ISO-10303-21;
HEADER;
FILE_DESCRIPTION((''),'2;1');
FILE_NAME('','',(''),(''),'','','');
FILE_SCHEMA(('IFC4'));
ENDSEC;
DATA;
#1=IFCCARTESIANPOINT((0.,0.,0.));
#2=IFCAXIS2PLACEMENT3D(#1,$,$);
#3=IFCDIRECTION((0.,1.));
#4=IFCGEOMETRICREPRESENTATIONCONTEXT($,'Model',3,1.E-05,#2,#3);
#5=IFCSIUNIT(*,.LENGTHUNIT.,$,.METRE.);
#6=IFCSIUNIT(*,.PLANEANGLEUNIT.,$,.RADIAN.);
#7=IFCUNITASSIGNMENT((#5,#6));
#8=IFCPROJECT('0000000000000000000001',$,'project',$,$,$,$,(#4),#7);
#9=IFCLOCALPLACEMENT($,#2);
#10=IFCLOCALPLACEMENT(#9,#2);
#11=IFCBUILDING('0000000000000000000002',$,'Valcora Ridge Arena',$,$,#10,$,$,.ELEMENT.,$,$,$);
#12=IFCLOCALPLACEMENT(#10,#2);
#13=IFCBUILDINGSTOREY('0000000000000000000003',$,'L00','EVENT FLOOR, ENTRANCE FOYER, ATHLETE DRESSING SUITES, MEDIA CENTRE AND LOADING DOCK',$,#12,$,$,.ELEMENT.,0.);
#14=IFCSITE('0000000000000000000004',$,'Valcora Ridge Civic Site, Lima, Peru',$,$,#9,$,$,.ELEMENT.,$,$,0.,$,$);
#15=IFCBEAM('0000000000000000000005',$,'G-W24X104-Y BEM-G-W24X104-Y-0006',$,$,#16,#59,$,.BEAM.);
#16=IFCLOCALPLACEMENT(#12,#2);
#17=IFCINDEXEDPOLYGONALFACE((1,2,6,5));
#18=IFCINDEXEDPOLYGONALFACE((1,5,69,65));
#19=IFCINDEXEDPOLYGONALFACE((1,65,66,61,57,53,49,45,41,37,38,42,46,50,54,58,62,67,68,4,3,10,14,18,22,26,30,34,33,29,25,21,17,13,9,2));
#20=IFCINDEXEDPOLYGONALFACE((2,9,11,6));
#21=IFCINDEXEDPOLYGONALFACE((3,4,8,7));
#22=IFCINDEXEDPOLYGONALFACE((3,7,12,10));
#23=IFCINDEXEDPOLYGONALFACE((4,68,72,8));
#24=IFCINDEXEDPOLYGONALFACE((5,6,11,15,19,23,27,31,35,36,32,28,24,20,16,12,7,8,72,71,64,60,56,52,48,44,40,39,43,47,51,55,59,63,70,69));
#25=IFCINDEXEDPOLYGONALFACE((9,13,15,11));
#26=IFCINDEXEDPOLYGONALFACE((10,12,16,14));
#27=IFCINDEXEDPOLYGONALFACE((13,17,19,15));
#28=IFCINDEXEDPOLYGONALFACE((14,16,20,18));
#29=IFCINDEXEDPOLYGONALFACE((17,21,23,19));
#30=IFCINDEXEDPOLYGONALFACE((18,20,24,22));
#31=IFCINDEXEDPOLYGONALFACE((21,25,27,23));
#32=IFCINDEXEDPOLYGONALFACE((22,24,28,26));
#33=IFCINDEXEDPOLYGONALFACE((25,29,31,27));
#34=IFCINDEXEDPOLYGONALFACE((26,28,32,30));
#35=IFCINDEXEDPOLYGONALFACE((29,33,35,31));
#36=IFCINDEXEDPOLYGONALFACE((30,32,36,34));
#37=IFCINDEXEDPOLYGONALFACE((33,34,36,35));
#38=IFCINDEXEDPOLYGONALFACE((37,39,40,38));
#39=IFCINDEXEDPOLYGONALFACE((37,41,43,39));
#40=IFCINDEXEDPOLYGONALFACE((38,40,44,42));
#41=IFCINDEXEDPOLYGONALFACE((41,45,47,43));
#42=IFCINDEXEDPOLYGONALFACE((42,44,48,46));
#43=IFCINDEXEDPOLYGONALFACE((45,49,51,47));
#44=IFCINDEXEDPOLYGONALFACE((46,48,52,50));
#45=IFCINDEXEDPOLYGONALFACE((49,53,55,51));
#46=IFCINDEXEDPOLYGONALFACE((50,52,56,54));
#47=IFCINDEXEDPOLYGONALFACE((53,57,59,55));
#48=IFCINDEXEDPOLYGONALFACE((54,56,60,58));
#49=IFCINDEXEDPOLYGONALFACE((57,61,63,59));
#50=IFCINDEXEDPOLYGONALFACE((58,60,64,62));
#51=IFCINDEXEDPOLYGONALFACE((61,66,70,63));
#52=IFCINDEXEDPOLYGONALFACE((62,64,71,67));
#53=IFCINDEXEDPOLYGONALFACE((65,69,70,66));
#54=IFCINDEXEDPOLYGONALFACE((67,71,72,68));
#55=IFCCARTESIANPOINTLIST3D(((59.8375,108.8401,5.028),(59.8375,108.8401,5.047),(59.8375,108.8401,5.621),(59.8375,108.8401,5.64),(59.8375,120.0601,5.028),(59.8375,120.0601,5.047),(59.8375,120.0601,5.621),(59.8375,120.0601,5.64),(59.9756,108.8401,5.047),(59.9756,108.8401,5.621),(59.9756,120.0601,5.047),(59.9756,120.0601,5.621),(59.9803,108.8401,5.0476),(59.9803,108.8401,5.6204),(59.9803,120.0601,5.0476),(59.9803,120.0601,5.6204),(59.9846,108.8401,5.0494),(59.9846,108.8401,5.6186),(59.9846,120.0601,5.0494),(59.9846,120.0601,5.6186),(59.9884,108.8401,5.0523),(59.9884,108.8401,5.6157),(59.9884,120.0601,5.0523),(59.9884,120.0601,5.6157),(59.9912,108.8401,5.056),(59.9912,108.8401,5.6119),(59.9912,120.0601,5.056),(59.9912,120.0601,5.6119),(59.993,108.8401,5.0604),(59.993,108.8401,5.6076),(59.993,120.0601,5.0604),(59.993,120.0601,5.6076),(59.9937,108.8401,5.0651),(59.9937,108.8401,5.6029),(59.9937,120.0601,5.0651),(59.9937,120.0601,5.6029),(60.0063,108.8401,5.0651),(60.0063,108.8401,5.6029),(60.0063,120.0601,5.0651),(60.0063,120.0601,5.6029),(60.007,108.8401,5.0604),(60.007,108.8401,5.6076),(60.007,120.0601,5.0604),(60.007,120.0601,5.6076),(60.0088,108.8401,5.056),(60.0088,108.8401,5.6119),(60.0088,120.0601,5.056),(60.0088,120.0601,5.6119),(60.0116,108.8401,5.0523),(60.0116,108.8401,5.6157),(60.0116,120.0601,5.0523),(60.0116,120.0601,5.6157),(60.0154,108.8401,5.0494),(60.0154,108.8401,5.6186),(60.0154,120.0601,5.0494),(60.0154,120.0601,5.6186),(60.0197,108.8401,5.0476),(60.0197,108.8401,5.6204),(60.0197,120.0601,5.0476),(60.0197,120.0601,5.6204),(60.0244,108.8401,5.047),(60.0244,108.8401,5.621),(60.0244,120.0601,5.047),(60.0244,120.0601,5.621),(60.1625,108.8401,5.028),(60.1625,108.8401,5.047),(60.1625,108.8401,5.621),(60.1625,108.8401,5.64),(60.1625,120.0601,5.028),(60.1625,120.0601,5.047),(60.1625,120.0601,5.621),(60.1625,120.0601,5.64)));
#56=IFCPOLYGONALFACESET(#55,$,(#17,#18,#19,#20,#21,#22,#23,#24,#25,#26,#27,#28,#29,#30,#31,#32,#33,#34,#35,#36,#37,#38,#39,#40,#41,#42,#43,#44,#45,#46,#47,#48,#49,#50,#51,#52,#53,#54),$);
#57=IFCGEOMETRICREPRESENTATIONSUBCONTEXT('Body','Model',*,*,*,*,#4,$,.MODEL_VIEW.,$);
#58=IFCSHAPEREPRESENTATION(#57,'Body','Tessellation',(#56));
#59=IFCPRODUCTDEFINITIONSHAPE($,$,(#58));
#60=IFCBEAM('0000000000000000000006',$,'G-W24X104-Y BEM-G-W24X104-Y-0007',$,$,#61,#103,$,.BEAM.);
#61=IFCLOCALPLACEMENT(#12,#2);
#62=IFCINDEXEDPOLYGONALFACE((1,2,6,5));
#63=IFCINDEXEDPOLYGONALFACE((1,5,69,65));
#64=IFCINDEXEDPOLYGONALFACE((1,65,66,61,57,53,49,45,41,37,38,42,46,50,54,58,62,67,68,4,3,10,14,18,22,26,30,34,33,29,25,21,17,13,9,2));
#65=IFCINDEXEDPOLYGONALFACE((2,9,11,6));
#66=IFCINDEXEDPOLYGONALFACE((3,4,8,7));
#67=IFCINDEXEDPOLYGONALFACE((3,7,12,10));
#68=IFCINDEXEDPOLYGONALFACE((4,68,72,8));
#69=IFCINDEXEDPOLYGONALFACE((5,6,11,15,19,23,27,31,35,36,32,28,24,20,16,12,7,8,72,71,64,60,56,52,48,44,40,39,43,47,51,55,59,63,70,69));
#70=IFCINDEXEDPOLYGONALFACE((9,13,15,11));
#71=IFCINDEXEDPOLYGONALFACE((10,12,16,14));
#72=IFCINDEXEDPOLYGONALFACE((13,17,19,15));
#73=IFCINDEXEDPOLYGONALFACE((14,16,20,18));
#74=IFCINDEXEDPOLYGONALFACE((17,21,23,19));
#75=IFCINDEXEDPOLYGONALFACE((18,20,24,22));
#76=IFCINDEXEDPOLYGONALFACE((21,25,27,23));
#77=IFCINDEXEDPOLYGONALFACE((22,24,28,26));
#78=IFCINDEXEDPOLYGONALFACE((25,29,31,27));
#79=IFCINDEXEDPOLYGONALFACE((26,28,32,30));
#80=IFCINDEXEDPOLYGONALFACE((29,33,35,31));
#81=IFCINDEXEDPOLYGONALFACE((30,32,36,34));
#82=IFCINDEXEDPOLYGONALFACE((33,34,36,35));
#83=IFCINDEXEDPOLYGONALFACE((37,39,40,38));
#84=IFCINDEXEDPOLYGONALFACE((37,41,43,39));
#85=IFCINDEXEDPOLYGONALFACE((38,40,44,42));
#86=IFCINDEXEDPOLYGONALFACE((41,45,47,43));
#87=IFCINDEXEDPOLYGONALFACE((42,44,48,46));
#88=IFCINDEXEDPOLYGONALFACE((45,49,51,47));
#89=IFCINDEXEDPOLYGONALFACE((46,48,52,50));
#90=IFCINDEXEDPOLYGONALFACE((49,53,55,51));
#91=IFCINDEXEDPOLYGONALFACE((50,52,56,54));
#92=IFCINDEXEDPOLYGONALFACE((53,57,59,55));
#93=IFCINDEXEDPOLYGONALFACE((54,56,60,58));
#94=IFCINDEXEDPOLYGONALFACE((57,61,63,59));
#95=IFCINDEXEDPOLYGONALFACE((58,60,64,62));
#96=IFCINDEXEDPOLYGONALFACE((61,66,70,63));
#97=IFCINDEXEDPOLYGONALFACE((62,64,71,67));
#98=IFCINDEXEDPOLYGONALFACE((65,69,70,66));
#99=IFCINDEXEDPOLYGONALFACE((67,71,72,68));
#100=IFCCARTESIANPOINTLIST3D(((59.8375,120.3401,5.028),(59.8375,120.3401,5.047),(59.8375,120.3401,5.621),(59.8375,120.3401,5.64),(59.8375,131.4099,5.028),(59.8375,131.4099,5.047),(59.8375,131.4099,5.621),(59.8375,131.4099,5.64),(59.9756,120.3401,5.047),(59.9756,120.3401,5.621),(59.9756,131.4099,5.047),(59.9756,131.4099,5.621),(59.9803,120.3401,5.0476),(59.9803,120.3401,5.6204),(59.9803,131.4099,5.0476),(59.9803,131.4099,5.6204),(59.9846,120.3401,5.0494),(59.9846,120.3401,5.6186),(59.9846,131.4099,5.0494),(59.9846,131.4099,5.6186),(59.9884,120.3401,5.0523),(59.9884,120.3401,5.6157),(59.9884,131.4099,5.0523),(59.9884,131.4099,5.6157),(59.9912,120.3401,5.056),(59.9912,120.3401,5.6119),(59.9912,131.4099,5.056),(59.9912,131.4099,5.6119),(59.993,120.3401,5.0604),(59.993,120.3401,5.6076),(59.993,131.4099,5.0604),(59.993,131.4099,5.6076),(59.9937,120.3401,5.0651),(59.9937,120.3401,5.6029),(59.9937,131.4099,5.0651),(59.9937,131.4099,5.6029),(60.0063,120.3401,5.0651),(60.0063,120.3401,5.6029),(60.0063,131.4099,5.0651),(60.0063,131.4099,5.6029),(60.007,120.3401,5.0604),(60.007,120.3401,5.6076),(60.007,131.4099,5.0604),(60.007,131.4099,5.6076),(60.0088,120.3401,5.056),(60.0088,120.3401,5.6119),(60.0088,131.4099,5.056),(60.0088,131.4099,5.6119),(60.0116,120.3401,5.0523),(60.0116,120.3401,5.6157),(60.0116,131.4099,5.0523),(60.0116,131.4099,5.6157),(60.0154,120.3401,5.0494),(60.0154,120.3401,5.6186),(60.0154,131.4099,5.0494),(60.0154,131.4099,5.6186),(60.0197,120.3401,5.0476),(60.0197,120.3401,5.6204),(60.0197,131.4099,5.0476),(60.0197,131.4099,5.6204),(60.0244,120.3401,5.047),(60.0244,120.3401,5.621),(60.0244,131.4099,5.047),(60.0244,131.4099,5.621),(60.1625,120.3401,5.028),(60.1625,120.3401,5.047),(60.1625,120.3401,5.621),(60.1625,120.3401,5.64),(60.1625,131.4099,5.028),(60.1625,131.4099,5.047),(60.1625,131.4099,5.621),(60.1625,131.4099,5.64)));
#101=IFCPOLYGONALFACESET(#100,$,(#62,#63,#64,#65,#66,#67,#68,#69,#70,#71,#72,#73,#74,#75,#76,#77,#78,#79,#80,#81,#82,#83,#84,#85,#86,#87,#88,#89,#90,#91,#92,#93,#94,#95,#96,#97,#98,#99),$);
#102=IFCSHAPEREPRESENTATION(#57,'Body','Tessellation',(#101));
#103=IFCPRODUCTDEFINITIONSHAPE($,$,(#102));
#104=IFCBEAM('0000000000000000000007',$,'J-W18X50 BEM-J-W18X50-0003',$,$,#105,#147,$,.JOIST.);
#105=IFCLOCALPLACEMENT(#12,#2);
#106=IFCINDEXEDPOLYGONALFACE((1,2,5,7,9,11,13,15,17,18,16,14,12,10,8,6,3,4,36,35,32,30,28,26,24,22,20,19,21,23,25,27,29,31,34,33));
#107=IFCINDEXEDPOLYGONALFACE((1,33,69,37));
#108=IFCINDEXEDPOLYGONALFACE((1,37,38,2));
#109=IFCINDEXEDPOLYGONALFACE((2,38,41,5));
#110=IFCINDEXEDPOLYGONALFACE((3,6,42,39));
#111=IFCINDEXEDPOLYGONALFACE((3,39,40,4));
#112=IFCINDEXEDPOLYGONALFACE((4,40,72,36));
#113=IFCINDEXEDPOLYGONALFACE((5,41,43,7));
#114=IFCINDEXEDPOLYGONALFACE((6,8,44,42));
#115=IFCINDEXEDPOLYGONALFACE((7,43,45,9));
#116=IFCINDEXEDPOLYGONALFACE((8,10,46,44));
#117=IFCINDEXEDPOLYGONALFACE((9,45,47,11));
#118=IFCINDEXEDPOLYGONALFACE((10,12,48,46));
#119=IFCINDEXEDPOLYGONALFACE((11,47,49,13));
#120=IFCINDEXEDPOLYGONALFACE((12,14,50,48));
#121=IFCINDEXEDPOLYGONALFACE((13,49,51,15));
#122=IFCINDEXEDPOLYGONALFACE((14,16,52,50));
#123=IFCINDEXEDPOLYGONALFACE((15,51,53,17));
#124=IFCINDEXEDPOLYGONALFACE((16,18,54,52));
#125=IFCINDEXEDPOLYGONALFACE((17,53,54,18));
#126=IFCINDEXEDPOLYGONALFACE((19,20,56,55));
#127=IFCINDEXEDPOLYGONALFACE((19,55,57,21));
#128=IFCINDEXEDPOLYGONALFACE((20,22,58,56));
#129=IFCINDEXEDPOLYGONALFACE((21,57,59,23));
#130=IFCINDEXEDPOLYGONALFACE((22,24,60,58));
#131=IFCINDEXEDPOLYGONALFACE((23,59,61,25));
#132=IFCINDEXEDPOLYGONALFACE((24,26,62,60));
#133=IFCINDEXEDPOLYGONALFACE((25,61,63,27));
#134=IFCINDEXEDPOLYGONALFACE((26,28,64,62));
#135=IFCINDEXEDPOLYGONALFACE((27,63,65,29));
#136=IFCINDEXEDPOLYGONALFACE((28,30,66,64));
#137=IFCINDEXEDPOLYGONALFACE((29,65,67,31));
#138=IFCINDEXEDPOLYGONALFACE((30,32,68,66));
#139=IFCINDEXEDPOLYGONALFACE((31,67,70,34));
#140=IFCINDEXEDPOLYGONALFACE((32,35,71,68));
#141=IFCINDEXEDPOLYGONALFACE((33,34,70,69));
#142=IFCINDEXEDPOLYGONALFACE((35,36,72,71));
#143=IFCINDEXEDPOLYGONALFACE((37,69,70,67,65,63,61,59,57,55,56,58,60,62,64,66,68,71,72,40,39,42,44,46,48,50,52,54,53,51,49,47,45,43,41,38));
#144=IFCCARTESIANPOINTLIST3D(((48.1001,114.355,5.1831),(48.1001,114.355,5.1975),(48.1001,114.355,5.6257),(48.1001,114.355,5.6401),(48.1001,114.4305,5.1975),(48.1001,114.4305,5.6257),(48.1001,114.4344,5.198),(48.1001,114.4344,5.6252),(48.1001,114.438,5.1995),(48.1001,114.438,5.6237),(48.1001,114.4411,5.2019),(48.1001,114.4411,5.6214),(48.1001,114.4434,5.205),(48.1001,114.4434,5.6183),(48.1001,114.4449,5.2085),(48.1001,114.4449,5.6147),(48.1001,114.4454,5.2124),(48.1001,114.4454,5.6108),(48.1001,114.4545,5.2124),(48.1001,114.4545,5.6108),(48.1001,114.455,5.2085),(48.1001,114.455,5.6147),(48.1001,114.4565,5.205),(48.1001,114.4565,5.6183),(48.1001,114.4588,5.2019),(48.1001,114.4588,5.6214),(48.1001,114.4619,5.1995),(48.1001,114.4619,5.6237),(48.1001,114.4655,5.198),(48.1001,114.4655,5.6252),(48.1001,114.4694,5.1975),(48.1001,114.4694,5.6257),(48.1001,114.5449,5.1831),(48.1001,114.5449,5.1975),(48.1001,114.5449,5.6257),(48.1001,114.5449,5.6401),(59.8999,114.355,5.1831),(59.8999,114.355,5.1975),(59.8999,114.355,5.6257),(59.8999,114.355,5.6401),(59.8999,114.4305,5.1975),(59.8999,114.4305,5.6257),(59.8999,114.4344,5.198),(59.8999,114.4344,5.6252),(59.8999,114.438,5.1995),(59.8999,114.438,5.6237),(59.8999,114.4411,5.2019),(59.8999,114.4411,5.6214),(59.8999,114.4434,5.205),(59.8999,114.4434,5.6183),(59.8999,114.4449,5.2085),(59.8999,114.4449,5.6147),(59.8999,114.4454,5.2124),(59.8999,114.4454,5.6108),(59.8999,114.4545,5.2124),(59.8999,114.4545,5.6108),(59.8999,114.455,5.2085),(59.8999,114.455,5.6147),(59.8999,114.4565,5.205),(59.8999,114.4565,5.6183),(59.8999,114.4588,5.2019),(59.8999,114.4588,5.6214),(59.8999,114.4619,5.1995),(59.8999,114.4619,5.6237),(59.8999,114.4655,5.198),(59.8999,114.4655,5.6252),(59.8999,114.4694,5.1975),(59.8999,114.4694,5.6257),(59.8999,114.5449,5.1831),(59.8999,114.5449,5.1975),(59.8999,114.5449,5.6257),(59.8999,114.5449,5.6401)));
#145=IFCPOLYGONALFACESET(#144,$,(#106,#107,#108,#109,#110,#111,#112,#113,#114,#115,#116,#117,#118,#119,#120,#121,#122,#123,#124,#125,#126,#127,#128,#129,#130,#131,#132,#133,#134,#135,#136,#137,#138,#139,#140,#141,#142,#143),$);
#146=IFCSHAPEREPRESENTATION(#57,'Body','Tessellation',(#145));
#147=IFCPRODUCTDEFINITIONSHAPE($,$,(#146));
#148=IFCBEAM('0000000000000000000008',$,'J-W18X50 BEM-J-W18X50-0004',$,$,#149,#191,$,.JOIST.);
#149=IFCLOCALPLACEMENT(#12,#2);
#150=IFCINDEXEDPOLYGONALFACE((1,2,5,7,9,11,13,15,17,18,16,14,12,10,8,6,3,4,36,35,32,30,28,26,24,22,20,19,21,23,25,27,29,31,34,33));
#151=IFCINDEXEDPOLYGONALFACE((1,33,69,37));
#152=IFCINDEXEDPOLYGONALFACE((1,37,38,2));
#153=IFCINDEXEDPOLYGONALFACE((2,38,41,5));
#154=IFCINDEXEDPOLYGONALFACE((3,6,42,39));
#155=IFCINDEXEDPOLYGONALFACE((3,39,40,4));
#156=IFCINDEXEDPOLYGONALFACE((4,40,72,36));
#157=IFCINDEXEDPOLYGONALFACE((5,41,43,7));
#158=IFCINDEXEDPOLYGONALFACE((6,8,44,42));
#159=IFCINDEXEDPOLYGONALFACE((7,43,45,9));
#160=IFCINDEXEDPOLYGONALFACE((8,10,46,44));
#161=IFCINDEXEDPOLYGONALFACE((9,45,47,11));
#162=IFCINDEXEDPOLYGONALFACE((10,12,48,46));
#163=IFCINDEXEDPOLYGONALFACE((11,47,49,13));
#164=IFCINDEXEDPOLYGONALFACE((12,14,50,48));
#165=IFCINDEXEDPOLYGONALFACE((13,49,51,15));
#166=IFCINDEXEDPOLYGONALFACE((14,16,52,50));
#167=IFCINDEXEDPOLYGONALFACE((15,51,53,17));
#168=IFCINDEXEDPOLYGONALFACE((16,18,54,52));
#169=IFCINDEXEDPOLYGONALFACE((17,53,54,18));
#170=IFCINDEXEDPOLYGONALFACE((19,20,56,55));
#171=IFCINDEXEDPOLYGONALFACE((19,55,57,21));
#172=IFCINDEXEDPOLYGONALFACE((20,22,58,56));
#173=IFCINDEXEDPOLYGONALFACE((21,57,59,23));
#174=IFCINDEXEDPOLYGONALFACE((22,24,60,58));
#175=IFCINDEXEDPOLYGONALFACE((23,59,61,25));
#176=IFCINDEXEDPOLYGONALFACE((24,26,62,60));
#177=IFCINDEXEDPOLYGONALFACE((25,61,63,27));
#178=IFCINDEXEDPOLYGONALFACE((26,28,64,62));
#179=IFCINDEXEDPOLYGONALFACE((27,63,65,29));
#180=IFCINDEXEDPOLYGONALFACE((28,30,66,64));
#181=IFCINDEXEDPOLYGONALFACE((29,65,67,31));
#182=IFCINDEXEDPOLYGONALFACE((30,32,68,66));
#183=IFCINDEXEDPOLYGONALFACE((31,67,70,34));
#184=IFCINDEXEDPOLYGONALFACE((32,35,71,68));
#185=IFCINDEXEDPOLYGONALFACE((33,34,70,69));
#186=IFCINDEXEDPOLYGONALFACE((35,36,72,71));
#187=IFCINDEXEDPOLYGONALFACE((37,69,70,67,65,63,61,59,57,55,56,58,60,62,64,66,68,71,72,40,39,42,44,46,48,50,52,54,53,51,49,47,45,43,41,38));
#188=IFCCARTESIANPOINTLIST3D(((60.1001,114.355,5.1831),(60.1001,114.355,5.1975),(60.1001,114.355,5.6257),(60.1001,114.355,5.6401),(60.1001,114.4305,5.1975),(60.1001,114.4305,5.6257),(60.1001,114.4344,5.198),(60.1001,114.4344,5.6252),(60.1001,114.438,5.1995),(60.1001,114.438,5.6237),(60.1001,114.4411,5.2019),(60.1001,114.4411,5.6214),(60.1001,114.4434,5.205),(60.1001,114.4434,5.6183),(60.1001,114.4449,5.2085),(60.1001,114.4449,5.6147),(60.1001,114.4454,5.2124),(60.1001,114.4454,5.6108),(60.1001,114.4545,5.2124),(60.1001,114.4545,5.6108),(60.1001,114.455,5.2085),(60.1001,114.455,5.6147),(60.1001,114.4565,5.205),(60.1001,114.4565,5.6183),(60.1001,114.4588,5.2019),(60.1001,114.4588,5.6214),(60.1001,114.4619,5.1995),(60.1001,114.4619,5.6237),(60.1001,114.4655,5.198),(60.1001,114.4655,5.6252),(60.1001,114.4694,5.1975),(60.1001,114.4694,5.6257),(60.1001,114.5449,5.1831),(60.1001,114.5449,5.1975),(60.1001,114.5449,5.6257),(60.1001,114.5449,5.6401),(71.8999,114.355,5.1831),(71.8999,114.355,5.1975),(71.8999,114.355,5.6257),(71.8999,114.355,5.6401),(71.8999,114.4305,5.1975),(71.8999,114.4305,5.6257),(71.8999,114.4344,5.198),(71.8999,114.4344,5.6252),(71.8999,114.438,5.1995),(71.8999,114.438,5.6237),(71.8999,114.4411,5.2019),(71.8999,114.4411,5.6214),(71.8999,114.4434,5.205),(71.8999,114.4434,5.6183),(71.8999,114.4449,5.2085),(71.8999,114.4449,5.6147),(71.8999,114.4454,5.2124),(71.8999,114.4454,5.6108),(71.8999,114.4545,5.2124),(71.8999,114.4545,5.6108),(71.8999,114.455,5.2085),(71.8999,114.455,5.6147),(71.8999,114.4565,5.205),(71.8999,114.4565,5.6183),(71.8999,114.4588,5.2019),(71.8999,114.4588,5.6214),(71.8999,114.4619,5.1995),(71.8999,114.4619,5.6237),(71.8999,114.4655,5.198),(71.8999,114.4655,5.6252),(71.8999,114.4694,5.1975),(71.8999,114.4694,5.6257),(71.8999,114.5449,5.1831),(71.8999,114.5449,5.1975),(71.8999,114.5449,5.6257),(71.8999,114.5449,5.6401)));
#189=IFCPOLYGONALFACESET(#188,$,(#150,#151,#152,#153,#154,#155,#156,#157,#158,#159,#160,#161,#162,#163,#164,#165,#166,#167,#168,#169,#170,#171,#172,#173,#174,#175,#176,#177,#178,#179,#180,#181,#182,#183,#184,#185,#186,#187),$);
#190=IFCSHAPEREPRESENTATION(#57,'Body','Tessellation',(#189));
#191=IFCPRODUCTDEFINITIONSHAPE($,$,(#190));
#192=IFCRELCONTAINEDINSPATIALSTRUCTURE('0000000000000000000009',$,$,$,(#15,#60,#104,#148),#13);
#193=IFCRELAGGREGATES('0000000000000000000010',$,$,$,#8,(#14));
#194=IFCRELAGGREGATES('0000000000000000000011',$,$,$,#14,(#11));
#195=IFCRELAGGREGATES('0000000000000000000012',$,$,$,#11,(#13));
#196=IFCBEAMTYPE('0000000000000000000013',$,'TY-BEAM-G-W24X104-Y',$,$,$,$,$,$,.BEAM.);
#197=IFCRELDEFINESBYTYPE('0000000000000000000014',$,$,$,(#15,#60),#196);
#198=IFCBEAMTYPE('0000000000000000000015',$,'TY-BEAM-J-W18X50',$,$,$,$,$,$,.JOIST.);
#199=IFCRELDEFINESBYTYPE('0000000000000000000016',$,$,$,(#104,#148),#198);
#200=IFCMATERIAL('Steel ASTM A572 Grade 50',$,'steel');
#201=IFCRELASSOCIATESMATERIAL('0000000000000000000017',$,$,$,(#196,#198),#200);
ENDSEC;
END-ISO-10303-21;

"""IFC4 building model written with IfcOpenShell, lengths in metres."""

from ifc_helpers import new_model, si_unit, direction, frame, origin, origin_2d, place, context, subcontext, project, spatial, i_section, extrude, material, material_profile, profile_set, type_object, element, save


model = new_model("IFC4")

# Units and contexts
model_context = context("Model", 3, precision=1e-05, world=origin(), true_north=direction((0.0, 1.0)))
body_context = subcontext(model_context, "Body", "Model", "MODEL_VIEW")
ifc_project = project(units=[si_unit("LENGTHUNIT", "METRE"), si_unit("PLANEANGLEUNIT", "RADIAN")], contexts=[model_context])

# Site, building, storey
site_placement = place(None, origin())
site = spatial("IfcSite", under=ifc_project, at=site_placement, Name="Valcora Ridge Civic Site, Lima, Peru", CompositionType="ELEMENT", RefElevation=0.0)
building_placement = place(site_placement, origin())
building = spatial("IfcBuilding", under=site, at=building_placement, Name="Valcora Ridge Arena", CompositionType="ELEMENT")
storey_placement = place(building_placement, origin())
storey = spatial("IfcBuildingStorey", under=building, at=storey_placement, Name="L00", Description="EVENT FLOOR, ENTRANCE FOYER, ATHLETE DRESSING SUITES, MEDIA CENTRE AND LOADING DOCK", CompositionType="ELEMENT", Elevation=0.0)

# Beams
ifc_material_1 = material(Name="Steel ASTM A572 Grade 50", Category="steel")
ifc_material_profile_1 = material_profile(ifc_material_1, i_section(OverallWidth=0.325, OverallDepth=0.6121, WebThickness=0.0127, FlangeThickness=0.019, FilletRadius=0.0181, at=origin_2d()), Name="W24X104")
ifc_profile_set_1 = profile_set([ifc_material_profile_1], Name="Steel ASTM A572 Grade 50")
beam_type_1 = type_object("IfcBeamType", Name="TY-BEAM-G-W24X104-Y", PredefinedType="BEAM", material=ifc_profile_set_1)
beam_1_placement = place(storey_placement, frame((60.0, 108.8401, 5.334), z_axis=(0.0, 1.0, 0.0), x_axis=(-1.0, 0.0, 0.0)))
element("IfcBeam", 1, at=beam_1_placement, inside=storey, type_object=beam_type_1, Name="G-W24X104-Y BEM-G-W24X104-Y-0006", PredefinedType="BEAM", context=body_context, shape_type="SweptSolid", body=[
    extrude(i_section(OverallWidth=0.325, OverallDepth=0.6121, WebThickness=0.0127, FlangeThickness=0.019, FilletRadius=0.0181, at=origin_2d()), origin(), (0.0, 0.0, 1.0), 11.22),
])
beam_2_placement = place(storey_placement, frame((60.0, 120.3401, 5.334), z_axis=(0.0, 1.0, 0.0), x_axis=(-1.0, 0.0, 0.0)))
element("IfcBeam", 2, at=beam_2_placement, inside=storey, type_object=beam_type_1, Name="G-W24X104-Y BEM-G-W24X104-Y-0007", PredefinedType="BEAM", context=body_context, shape_type="SweptSolid", body=[
    extrude(i_section(OverallWidth=0.325, OverallDepth=0.6121, WebThickness=0.0127, FlangeThickness=0.019, FilletRadius=0.0181, at=origin_2d()), origin(), (0.0, 0.0, 1.0), 11.0698),
])
ifc_material_profile_2 = material_profile(ifc_material_1, i_section(OverallWidth=0.1899, OverallDepth=0.457, WebThickness=0.009, FlangeThickness=0.0144, FilletRadius=0.0149, at=origin_2d()), Name="W18X50")
ifc_profile_set_2 = profile_set([ifc_material_profile_2], Name="Steel ASTM A572 Grade 50")
beam_type_2 = type_object("IfcBeamType", Name="TY-BEAM-J-W18X50", PredefinedType="JOIST", material=ifc_profile_set_2)
for number, where, z_axis, x_axis, name in (
    (3, (48.1001, 114.45, 5.4116), (1.0, 0.0, 0.0), (0.0, 1.0, 0.0), "J-W18X50 BEM-J-W18X50-0003"),
    (4, (60.1001, 114.45, 5.4116), (1.0, 0.0, 0.0), (0.0, 1.0, 0.0), "J-W18X50 BEM-J-W18X50-0004"),
):
    element("IfcBeam", number, at=place(storey_placement, frame(where, z_axis=z_axis, x_axis=x_axis)), inside=storey, type_object=beam_type_2, Name=name, PredefinedType="JOIST", context=body_context, shape_type="SweptSolid", body=[
        extrude(i_section(OverallWidth=0.1899, OverallDepth=0.457, WebThickness=0.009, FlangeThickness=0.0144, FilletRadius=0.0149, at=origin_2d()), origin(), (0.0, 0.0, 1.0), 11.7998),
    ])

save(model, "model.ifc")
